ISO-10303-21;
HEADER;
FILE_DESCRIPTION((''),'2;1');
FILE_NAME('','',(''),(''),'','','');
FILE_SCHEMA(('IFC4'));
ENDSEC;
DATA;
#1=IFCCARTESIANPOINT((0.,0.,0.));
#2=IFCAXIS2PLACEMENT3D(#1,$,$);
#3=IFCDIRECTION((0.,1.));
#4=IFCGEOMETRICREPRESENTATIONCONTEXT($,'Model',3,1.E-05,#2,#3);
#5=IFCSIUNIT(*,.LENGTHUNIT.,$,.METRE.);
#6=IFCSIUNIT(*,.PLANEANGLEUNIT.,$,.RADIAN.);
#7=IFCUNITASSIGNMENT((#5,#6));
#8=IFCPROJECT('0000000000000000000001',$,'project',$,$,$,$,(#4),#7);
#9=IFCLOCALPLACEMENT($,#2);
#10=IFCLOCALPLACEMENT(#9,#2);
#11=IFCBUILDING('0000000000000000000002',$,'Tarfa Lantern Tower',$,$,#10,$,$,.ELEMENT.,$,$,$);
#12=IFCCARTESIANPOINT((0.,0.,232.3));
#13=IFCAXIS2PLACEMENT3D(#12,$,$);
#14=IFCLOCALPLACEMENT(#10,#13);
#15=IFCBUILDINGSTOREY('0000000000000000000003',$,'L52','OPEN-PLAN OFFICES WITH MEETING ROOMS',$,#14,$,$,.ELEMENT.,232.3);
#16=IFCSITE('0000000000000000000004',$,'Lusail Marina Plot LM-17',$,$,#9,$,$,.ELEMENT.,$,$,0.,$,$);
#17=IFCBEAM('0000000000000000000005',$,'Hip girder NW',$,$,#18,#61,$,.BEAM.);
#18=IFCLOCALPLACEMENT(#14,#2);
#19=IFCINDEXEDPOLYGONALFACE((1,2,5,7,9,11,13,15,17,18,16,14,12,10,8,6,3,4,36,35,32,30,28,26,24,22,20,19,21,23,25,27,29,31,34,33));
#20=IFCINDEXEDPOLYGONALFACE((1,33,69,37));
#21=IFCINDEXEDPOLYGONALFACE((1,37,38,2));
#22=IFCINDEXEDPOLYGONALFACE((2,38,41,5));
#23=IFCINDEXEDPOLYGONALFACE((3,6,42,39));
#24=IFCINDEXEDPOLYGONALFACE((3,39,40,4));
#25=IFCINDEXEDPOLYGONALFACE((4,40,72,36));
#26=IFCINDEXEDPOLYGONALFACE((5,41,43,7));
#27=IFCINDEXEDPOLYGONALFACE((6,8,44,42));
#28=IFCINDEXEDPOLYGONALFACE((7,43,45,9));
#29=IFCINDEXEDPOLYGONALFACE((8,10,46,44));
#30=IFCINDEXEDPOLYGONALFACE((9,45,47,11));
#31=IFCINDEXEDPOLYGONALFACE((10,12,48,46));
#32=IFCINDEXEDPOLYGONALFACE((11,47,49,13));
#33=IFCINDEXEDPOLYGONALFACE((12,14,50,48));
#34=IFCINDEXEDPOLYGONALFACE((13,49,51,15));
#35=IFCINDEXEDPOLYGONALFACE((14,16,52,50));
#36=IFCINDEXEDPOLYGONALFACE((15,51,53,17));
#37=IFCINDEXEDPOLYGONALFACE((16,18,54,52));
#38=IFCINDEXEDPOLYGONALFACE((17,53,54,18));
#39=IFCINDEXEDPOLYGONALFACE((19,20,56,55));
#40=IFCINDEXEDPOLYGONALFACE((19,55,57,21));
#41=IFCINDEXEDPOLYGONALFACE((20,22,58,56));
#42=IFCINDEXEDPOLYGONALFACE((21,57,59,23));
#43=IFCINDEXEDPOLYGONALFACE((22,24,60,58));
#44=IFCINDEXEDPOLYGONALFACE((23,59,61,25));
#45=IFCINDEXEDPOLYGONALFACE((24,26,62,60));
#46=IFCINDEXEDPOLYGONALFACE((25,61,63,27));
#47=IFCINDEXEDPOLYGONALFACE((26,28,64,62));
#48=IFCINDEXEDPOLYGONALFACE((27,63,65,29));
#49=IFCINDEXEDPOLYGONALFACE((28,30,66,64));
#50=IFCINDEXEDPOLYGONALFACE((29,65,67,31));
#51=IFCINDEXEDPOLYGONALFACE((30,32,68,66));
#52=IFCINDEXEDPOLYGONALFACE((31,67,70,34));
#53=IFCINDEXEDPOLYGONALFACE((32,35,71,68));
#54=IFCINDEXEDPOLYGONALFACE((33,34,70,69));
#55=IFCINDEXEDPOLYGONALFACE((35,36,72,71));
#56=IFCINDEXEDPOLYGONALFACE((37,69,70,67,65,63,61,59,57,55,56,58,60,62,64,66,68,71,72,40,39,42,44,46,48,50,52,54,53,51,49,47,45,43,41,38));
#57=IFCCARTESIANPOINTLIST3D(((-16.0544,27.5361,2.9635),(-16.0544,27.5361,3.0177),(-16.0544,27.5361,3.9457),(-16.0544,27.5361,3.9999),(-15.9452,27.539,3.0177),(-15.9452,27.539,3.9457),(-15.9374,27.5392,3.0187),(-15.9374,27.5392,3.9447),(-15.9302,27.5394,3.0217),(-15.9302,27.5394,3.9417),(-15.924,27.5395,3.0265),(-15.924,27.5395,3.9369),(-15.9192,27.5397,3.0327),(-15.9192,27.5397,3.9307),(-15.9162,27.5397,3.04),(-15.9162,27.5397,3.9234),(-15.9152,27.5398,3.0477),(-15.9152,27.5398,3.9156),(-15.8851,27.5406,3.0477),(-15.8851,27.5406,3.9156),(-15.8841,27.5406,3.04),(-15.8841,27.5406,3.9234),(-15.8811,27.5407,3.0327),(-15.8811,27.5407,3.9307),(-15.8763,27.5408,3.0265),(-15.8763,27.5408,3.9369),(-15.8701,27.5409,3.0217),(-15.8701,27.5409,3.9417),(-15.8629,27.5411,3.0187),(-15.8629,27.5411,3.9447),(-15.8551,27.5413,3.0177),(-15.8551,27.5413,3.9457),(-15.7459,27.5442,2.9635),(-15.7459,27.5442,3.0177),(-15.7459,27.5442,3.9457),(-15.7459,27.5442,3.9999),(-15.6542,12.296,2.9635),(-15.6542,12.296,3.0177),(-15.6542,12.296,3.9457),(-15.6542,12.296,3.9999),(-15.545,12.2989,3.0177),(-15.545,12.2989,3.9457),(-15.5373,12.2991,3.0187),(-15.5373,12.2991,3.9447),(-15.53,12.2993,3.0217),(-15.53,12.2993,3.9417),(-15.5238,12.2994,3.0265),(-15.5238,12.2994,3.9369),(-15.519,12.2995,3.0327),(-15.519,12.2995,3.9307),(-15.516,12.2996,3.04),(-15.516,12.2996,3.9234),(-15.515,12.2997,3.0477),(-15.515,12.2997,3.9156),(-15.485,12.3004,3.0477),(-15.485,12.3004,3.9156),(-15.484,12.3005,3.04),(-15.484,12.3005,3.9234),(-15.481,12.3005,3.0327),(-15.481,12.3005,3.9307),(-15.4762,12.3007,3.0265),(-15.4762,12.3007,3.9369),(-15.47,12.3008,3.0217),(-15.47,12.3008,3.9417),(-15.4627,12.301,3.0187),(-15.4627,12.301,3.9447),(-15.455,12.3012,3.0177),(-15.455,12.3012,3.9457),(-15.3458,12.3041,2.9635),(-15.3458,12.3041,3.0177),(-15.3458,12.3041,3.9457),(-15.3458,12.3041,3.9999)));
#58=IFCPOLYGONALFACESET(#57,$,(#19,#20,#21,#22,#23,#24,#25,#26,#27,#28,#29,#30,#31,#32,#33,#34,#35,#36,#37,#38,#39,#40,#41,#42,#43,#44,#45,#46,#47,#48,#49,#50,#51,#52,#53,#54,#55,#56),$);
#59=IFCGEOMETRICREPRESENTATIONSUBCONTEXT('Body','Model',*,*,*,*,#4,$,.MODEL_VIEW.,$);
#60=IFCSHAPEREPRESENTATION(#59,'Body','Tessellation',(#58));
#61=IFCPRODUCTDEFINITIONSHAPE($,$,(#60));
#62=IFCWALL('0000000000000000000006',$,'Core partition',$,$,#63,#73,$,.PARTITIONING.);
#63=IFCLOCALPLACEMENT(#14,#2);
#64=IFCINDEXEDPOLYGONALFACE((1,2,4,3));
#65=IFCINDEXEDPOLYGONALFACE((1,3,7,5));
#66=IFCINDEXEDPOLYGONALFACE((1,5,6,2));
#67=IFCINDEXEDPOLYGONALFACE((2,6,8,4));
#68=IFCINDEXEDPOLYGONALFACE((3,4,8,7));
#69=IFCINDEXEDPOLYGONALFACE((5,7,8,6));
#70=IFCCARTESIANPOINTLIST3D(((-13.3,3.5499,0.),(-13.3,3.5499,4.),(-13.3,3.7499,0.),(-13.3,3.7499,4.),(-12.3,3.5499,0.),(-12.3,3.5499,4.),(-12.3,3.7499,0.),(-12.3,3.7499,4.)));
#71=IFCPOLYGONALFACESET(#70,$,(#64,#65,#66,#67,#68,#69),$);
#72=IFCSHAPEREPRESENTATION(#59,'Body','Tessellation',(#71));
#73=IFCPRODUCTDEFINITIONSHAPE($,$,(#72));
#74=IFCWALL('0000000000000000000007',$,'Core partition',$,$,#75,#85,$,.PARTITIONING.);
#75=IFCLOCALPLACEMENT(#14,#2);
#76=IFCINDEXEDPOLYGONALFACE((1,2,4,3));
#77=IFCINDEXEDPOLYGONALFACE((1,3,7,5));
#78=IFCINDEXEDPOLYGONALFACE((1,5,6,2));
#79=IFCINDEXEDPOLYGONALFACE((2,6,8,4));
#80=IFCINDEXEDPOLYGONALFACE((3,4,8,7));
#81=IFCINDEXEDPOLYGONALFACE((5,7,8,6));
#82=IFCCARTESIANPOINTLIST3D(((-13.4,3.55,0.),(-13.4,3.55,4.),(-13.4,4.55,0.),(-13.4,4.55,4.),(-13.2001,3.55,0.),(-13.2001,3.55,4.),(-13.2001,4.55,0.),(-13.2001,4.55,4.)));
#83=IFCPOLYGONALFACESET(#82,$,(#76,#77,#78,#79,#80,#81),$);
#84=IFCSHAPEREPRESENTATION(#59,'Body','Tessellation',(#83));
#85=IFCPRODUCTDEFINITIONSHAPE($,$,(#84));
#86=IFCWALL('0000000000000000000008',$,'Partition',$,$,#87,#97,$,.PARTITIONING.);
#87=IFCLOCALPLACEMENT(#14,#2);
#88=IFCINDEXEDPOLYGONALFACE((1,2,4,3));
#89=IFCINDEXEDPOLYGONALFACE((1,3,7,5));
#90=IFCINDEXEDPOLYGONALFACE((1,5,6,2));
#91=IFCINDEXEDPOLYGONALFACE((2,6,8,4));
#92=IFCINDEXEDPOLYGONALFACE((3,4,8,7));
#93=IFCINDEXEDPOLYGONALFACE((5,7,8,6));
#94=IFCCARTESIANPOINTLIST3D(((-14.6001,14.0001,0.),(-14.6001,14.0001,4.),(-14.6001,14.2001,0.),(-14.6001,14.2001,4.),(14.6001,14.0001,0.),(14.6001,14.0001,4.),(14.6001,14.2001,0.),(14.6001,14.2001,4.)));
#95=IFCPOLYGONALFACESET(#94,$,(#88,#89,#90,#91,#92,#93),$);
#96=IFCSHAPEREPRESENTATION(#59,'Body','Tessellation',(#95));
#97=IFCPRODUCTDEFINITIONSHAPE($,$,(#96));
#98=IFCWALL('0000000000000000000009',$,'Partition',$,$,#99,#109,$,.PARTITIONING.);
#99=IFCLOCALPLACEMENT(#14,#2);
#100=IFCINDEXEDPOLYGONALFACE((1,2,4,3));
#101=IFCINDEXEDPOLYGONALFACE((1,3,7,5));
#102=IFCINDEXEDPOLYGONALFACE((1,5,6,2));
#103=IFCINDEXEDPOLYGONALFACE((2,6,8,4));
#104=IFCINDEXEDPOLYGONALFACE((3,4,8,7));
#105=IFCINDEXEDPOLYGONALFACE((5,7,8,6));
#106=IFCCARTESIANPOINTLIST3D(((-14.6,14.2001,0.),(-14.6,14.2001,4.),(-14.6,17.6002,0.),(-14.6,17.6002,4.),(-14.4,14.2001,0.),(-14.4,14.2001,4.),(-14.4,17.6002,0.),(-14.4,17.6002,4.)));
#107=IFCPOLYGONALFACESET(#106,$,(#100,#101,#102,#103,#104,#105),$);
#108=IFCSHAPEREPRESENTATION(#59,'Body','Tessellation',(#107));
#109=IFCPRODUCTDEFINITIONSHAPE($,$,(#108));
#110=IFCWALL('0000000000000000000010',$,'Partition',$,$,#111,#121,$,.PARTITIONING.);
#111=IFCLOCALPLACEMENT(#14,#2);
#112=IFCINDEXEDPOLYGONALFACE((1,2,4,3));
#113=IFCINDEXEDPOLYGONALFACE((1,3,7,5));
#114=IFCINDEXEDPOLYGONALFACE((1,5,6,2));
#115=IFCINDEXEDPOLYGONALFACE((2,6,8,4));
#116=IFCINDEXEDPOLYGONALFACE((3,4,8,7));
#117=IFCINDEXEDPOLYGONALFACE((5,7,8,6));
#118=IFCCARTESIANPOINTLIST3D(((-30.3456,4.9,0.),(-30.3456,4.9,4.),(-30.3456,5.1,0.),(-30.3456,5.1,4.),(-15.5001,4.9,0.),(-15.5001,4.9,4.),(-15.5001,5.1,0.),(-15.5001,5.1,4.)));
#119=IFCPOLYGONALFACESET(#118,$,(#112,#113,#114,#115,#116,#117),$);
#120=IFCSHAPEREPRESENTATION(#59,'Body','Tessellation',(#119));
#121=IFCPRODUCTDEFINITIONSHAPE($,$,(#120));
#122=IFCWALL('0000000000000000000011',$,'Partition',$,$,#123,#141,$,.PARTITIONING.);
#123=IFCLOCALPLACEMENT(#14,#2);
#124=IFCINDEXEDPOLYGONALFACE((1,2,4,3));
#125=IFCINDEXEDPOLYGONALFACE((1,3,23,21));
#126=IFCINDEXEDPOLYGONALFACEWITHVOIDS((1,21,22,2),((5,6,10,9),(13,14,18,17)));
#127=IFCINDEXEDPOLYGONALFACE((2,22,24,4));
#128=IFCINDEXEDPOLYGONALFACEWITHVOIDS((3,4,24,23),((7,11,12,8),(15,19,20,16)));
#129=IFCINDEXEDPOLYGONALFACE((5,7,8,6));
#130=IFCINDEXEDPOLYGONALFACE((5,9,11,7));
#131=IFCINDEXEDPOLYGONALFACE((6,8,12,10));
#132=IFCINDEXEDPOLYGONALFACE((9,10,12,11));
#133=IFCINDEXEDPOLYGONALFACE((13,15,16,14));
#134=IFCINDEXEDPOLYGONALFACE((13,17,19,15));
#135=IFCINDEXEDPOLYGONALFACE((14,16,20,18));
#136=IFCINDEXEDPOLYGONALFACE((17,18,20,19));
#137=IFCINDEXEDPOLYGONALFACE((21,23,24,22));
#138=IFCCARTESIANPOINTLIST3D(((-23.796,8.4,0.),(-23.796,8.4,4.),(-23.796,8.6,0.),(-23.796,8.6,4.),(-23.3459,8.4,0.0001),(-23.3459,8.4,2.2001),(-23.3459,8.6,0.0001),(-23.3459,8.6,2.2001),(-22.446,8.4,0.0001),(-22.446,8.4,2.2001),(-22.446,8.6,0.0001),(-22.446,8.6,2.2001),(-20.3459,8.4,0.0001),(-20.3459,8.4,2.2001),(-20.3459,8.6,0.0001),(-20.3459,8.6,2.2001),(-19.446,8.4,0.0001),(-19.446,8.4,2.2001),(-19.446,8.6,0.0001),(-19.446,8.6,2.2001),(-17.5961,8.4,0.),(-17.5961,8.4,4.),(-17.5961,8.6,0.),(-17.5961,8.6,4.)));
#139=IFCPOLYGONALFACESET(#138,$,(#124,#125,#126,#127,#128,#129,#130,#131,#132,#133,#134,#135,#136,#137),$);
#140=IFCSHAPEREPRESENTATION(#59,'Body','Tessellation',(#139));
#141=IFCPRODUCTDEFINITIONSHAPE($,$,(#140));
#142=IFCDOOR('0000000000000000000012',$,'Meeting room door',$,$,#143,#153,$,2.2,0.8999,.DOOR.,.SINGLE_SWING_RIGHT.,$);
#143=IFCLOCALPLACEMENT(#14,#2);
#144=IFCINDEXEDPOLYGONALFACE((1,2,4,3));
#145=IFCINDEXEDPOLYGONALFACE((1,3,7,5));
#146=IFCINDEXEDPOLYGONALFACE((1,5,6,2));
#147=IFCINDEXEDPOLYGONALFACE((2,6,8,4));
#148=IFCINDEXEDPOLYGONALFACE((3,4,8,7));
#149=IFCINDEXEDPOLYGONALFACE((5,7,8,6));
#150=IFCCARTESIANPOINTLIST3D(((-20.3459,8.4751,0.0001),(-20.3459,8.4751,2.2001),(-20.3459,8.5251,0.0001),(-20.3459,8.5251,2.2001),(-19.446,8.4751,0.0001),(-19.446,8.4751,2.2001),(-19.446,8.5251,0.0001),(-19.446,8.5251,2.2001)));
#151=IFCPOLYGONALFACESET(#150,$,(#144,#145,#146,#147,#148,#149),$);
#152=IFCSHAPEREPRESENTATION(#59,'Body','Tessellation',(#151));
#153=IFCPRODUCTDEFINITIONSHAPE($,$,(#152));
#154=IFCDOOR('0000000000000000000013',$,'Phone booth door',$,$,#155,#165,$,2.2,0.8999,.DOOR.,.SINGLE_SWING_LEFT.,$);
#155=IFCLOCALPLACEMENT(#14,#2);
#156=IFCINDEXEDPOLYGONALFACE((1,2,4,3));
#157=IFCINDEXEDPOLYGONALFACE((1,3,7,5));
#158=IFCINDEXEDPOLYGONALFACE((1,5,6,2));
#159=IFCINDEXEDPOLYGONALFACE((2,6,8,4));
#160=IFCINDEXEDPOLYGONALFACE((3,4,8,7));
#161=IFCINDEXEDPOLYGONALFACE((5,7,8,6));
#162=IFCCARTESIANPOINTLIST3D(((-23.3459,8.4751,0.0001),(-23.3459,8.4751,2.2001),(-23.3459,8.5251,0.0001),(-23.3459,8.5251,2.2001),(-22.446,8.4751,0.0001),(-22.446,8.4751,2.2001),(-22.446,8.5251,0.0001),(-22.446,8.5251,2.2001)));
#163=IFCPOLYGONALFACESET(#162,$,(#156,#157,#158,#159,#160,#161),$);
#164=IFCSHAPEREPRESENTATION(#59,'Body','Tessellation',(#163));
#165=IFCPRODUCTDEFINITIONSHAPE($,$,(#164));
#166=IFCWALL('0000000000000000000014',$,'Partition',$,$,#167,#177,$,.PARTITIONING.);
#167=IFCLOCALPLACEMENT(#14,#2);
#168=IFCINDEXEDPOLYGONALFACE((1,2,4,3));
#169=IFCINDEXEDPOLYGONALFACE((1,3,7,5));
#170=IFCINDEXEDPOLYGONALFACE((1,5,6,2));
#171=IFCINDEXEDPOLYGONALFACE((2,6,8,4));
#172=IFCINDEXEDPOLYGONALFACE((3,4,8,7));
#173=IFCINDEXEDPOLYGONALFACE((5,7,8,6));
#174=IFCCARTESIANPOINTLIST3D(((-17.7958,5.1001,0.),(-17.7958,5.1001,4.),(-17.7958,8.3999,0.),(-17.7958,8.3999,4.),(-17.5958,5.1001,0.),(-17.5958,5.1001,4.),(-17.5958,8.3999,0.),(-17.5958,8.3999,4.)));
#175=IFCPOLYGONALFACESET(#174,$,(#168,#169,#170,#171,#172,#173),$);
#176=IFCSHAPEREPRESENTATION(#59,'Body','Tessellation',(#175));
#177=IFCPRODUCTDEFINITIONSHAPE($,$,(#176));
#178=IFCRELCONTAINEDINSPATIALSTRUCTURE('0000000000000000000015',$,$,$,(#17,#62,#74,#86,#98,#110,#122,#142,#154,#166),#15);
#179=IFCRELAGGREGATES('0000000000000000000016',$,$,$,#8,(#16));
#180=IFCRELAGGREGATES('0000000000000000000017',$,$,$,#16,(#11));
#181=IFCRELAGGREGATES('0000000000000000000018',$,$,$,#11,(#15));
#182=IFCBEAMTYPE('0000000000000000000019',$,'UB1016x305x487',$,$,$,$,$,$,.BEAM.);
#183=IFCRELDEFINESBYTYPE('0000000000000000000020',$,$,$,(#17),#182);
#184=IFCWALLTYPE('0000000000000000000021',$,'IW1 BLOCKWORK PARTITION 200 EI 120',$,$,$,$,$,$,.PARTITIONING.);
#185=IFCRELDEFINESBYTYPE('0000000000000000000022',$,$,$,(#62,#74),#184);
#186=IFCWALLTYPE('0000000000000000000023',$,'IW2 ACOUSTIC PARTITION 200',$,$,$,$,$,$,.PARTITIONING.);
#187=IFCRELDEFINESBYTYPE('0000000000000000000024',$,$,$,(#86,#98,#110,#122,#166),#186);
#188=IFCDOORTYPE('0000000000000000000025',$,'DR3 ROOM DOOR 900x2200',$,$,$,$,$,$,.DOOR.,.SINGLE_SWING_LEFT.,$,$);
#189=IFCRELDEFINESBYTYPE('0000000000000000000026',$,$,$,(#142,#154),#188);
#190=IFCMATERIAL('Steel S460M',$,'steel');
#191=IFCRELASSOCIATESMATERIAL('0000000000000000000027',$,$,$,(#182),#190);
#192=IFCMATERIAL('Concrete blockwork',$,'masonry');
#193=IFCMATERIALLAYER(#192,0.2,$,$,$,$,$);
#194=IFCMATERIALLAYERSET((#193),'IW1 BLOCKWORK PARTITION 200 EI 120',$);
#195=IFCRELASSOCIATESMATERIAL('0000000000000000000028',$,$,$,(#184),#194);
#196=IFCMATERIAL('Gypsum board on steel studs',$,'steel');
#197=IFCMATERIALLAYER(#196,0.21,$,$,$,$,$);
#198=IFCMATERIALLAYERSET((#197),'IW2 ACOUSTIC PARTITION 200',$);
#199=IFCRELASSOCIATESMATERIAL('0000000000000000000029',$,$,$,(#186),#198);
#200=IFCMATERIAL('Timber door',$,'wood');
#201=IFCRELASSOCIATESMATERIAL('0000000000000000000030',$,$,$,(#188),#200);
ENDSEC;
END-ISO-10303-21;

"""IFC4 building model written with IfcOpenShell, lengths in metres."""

from ifc_helpers import new_model, si_unit, direction, frame, frame_2d, origin, origin_2d, place, context, subcontext, project, spatial, rectangle, i_section, extrude, material, layer, layer_set, material_profile, profile_set, type_object, element, fill, save


model = new_model("IFC4")

# Units and contexts
model_context = context("Model", 3, precision=1e-05, world=origin(), true_north=direction((0.0, 1.0)))
body_context = subcontext(model_context, "Body", "Model", "MODEL_VIEW")
ifc_project = project(units=[si_unit("LENGTHUNIT", "METRE"), si_unit("PLANEANGLEUNIT", "RADIAN")], contexts=[model_context])

# Site, building, storey
site_placement = place(None, origin())
site = spatial("IfcSite", under=ifc_project, at=site_placement, Name="Lusail Marina Plot LM-17", CompositionType="ELEMENT", RefElevation=0.0)
building_placement = place(site_placement, origin())
building = spatial("IfcBuilding", under=site, at=building_placement, Name="Tarfa Lantern Tower", CompositionType="ELEMENT")
storey_placement = place(building_placement, frame((0.0, 0.0, 232.3)))
storey = spatial("IfcBuildingStorey", under=building, at=storey_placement, Name="L52", Description="OPEN-PLAN OFFICES WITH MEETING ROOMS", CompositionType="ELEMENT", Elevation=232.3)

# Beam
ifc_material_1 = material(Name="Steel S460M", Category="steel")
ifc_material_profile = material_profile(ifc_material_1, i_section(OverallWidth=0.3086, OverallDepth=1.0364, WebThickness=0.03, FlangeThickness=0.0542, FilletRadius=0.03, at=origin_2d()), Name="UB1016x305x487")
ifc_profile_set = profile_set([ifc_material_profile], Name="Steel S460M")
beam_type = type_object("IfcBeamType", Name="UB1016x305x487", PredefinedType="BEAM", material=ifc_profile_set)
beam_placement = place(storey_placement, frame((-15.5, 12.3, 3.4817), z_axis=(-0.026247, 0.999655, 0.0), x_axis=(-0.999655, -0.026247, 0.0)))
element("IfcBeam", 1, at=beam_placement, inside=storey, type_object=beam_type, Name="Hip girder NW", PredefinedType="BEAM", context=body_context, shape_type="SweptSolid", body=[
    extrude(i_section(OverallWidth=0.3086, OverallDepth=1.0364, WebThickness=0.03, FlangeThickness=0.0542, FilletRadius=0.03, at=origin_2d()), origin(), (0.0, 0.0, 1.0), 15.2454),
])

# Walls
ifc_material_2 = material(Name="Concrete blockwork", Category="masonry")
ifc_layer_1 = layer(ifc_material_2, 0.2)
ifc_layer_set_1 = layer_set([ifc_layer_1], Name="IW1 BLOCKWORK PARTITION 200 EI 120")
wall_type_1 = type_object("IfcWallType", Name="IW1 BLOCKWORK PARTITION 200 EI 120", PredefinedType="PARTITIONING", material=ifc_layer_set_1)
for number, where, z_axis, x_axis, name in (
    (2, (-13.3, 3.6499, 0.0), (0.0, 0.0, 1.0), (1.0, 0.0, 0.0), "Core partition"),
    (3, (-13.3, 3.55, 0.0), (0.0, 0.0, 1.0), (0.0, 1.0, 0.0), "Core partition"),
):
    element("IfcWall", number, at=place(storey_placement, frame(where, z_axis=z_axis, x_axis=x_axis)), inside=storey, type_object=wall_type_1, Name=name, PredefinedType="PARTITIONING", context=body_context, shape_type="SweptSolid", body=[
        extrude(rectangle(XDim=1.0, YDim=0.2, at=frame_2d((0.5, 0.0))), origin(), (0.0, 0.0, 1.0), 4.0),
    ])
ifc_material_3 = material(Name="Gypsum board on steel studs", Category="steel")
ifc_layer_2 = layer(ifc_material_3, 0.21)
ifc_layer_set_2 = layer_set([ifc_layer_2], Name="IW2 ACOUSTIC PARTITION 200")
wall_type_2 = type_object("IfcWallType", Name="IW2 ACOUSTIC PARTITION 200", PredefinedType="PARTITIONING", material=ifc_layer_set_2)
wall_1_placement = place(storey_placement, frame((-14.6001, 14.1001, 0.0), z_axis=(0.0, 0.0, 1.0), x_axis=(1.0, 0.0, 0.0)))
element("IfcWall", 4, at=wall_1_placement, inside=storey, type_object=wall_type_2, Name="Partition", PredefinedType="PARTITIONING", context=body_context, shape_type="SweptSolid", body=[
    extrude(rectangle(XDim=29.2002, YDim=0.2, at=frame_2d((14.6001, 0.0))), origin(), (0.0, 0.0, 1.0), 4.0),
])
wall_2_placement = place(storey_placement, frame((-14.5, 14.2, 0.0), z_axis=(0.0, 0.0, 1.0), x_axis=(0.0, 1.0, 0.0)))
element("IfcWall", 5, at=wall_2_placement, inside=storey, type_object=wall_type_2, Name="Partition", PredefinedType="PARTITIONING", context=body_context, shape_type="SweptSolid", body=[
    extrude(rectangle(XDim=3.4001, YDim=0.2, at=frame_2d((1.7002, 0.0))), origin(), (0.0, 0.0, 1.0), 4.0),
])
wall_3_placement = place(storey_placement, frame((-15.5, 5.0, 0.0), z_axis=(0.0, 0.0, 1.0), x_axis=(-1.0, 0.0, 0.0)))
element("IfcWall", 6, at=wall_3_placement, inside=storey, type_object=wall_type_2, Name="Partition", PredefinedType="PARTITIONING", context=body_context, shape_type="SweptSolid", body=[
    extrude(rectangle(XDim=14.8455, YDim=0.2, at=frame_2d((7.4229, 0.0))), origin(), (0.0, 0.0, 1.0), 4.0),
])

# Wall, openings, doors
wall_4_placement = place(storey_placement, frame((-17.5959, 8.5, 0.0), z_axis=(0.0, 0.0, 1.0), x_axis=(-1.0, 0.0, 0.0)))
wall_4 = element("IfcWall", 7, at=wall_4_placement, inside=storey, type_object=wall_type_2, Name="Partition", PredefinedType="PARTITIONING", context=body_context, shape_type="SweptSolid", body=[
    extrude(rectangle(XDim=6.2, YDim=0.2, at=frame_2d((3.1001, 0.0))), origin(), (0.0, 0.0, 1.0), 4.0),
])
opening_1_placement = place(wall_4_placement, frame((1.8501, 0.0, 0.0)))
opening_1 = element("IfcOpeningElement", 8, at=opening_1_placement, cuts=wall_4, PredefinedType="OPENING", context=body_context, shape_type="SweptSolid", body=[
    extrude(rectangle(XDim=0.8999, YDim=2.2, at=frame_2d((0.45, 1.1001))), frame((0.0, 0.1099, 0.0), z_axis=(0.0, -1.0, 0.0), x_axis=(1.0, 0.0, 0.0)), (0.0, 0.0, 1.0), 0.22),
])
opening_2_placement = place(wall_4_placement, frame((4.8501, 0.0, 0.0)))
opening_2 = element("IfcOpeningElement", 9, at=opening_2_placement, cuts=wall_4, PredefinedType="OPENING", context=body_context, shape_type="SweptSolid", body=[
    extrude(rectangle(XDim=0.8999, YDim=2.2, at=frame_2d((0.45, 1.1001))), frame((0.0, 0.1099, 0.0), z_axis=(0.0, -1.0, 0.0), x_axis=(1.0, 0.0, 0.0)), (0.0, 0.0, 1.0), 0.22),
])
ifc_material_4 = material(Name="Timber door", Category="wood")
door_type_1 = type_object("IfcDoorType", Name="DR3 ROOM DOOR 900x2200", OperationType="SINGLE_SWING_LEFT", PredefinedType="DOOR", material=ifc_material_4)
door_1_placement = place(opening_1_placement, origin())
door_1 = element("IfcDoor", 10, at=door_1_placement, inside=storey, type_object=door_type_1, Name="Meeting room door", OperationType="SINGLE_SWING_RIGHT", OverallHeight=2.2, OverallWidth=0.8999, PredefinedType="DOOR", context=body_context, shape_type="SweptSolid", body=[
    extrude(rectangle(XDim=0.8999, YDim=2.2, at=frame_2d((0.45, 1.1001))), frame((0.0, 0.0249, 0.0), z_axis=(0.0, -1.0, 0.0), x_axis=(1.0, 0.0, 0.0)), (0.0, 0.0, 1.0), 0.05),
])
fill(opening_1, door_1)
door_2_placement = place(opening_2_placement, origin())
door_2 = element("IfcDoor", 11, at=door_2_placement, inside=storey, type_object=door_type_1, Name="Phone booth door", OperationType="SINGLE_SWING_LEFT", OverallHeight=2.2, OverallWidth=0.8999, PredefinedType="DOOR", context=body_context, shape_type="SweptSolid", body=[
    extrude(rectangle(XDim=0.8999, YDim=2.2, at=frame_2d((0.45, 1.1001))), frame((0.0, 0.0249, 0.0), z_axis=(0.0, -1.0, 0.0), x_axis=(1.0, 0.0, 0.0)), (0.0, 0.0, 1.0), 0.05),
])
fill(opening_2, door_2)

# Wall
wall_5_placement = place(storey_placement, frame((-17.6958, 5.1001, 0.0), z_axis=(0.0, 0.0, 1.0), x_axis=(0.0, 1.0, 0.0)))
element("IfcWall", 12, at=wall_5_placement, inside=storey, type_object=wall_type_2, Name="Partition", PredefinedType="PARTITIONING", context=body_context, shape_type="SweptSolid", body=[
    extrude(rectangle(XDim=3.2998, YDim=0.2, at=frame_2d((1.6499, 0.0))), origin(), (0.0, 0.0, 1.0), 4.0),
])

save(model, "model.ifc")
